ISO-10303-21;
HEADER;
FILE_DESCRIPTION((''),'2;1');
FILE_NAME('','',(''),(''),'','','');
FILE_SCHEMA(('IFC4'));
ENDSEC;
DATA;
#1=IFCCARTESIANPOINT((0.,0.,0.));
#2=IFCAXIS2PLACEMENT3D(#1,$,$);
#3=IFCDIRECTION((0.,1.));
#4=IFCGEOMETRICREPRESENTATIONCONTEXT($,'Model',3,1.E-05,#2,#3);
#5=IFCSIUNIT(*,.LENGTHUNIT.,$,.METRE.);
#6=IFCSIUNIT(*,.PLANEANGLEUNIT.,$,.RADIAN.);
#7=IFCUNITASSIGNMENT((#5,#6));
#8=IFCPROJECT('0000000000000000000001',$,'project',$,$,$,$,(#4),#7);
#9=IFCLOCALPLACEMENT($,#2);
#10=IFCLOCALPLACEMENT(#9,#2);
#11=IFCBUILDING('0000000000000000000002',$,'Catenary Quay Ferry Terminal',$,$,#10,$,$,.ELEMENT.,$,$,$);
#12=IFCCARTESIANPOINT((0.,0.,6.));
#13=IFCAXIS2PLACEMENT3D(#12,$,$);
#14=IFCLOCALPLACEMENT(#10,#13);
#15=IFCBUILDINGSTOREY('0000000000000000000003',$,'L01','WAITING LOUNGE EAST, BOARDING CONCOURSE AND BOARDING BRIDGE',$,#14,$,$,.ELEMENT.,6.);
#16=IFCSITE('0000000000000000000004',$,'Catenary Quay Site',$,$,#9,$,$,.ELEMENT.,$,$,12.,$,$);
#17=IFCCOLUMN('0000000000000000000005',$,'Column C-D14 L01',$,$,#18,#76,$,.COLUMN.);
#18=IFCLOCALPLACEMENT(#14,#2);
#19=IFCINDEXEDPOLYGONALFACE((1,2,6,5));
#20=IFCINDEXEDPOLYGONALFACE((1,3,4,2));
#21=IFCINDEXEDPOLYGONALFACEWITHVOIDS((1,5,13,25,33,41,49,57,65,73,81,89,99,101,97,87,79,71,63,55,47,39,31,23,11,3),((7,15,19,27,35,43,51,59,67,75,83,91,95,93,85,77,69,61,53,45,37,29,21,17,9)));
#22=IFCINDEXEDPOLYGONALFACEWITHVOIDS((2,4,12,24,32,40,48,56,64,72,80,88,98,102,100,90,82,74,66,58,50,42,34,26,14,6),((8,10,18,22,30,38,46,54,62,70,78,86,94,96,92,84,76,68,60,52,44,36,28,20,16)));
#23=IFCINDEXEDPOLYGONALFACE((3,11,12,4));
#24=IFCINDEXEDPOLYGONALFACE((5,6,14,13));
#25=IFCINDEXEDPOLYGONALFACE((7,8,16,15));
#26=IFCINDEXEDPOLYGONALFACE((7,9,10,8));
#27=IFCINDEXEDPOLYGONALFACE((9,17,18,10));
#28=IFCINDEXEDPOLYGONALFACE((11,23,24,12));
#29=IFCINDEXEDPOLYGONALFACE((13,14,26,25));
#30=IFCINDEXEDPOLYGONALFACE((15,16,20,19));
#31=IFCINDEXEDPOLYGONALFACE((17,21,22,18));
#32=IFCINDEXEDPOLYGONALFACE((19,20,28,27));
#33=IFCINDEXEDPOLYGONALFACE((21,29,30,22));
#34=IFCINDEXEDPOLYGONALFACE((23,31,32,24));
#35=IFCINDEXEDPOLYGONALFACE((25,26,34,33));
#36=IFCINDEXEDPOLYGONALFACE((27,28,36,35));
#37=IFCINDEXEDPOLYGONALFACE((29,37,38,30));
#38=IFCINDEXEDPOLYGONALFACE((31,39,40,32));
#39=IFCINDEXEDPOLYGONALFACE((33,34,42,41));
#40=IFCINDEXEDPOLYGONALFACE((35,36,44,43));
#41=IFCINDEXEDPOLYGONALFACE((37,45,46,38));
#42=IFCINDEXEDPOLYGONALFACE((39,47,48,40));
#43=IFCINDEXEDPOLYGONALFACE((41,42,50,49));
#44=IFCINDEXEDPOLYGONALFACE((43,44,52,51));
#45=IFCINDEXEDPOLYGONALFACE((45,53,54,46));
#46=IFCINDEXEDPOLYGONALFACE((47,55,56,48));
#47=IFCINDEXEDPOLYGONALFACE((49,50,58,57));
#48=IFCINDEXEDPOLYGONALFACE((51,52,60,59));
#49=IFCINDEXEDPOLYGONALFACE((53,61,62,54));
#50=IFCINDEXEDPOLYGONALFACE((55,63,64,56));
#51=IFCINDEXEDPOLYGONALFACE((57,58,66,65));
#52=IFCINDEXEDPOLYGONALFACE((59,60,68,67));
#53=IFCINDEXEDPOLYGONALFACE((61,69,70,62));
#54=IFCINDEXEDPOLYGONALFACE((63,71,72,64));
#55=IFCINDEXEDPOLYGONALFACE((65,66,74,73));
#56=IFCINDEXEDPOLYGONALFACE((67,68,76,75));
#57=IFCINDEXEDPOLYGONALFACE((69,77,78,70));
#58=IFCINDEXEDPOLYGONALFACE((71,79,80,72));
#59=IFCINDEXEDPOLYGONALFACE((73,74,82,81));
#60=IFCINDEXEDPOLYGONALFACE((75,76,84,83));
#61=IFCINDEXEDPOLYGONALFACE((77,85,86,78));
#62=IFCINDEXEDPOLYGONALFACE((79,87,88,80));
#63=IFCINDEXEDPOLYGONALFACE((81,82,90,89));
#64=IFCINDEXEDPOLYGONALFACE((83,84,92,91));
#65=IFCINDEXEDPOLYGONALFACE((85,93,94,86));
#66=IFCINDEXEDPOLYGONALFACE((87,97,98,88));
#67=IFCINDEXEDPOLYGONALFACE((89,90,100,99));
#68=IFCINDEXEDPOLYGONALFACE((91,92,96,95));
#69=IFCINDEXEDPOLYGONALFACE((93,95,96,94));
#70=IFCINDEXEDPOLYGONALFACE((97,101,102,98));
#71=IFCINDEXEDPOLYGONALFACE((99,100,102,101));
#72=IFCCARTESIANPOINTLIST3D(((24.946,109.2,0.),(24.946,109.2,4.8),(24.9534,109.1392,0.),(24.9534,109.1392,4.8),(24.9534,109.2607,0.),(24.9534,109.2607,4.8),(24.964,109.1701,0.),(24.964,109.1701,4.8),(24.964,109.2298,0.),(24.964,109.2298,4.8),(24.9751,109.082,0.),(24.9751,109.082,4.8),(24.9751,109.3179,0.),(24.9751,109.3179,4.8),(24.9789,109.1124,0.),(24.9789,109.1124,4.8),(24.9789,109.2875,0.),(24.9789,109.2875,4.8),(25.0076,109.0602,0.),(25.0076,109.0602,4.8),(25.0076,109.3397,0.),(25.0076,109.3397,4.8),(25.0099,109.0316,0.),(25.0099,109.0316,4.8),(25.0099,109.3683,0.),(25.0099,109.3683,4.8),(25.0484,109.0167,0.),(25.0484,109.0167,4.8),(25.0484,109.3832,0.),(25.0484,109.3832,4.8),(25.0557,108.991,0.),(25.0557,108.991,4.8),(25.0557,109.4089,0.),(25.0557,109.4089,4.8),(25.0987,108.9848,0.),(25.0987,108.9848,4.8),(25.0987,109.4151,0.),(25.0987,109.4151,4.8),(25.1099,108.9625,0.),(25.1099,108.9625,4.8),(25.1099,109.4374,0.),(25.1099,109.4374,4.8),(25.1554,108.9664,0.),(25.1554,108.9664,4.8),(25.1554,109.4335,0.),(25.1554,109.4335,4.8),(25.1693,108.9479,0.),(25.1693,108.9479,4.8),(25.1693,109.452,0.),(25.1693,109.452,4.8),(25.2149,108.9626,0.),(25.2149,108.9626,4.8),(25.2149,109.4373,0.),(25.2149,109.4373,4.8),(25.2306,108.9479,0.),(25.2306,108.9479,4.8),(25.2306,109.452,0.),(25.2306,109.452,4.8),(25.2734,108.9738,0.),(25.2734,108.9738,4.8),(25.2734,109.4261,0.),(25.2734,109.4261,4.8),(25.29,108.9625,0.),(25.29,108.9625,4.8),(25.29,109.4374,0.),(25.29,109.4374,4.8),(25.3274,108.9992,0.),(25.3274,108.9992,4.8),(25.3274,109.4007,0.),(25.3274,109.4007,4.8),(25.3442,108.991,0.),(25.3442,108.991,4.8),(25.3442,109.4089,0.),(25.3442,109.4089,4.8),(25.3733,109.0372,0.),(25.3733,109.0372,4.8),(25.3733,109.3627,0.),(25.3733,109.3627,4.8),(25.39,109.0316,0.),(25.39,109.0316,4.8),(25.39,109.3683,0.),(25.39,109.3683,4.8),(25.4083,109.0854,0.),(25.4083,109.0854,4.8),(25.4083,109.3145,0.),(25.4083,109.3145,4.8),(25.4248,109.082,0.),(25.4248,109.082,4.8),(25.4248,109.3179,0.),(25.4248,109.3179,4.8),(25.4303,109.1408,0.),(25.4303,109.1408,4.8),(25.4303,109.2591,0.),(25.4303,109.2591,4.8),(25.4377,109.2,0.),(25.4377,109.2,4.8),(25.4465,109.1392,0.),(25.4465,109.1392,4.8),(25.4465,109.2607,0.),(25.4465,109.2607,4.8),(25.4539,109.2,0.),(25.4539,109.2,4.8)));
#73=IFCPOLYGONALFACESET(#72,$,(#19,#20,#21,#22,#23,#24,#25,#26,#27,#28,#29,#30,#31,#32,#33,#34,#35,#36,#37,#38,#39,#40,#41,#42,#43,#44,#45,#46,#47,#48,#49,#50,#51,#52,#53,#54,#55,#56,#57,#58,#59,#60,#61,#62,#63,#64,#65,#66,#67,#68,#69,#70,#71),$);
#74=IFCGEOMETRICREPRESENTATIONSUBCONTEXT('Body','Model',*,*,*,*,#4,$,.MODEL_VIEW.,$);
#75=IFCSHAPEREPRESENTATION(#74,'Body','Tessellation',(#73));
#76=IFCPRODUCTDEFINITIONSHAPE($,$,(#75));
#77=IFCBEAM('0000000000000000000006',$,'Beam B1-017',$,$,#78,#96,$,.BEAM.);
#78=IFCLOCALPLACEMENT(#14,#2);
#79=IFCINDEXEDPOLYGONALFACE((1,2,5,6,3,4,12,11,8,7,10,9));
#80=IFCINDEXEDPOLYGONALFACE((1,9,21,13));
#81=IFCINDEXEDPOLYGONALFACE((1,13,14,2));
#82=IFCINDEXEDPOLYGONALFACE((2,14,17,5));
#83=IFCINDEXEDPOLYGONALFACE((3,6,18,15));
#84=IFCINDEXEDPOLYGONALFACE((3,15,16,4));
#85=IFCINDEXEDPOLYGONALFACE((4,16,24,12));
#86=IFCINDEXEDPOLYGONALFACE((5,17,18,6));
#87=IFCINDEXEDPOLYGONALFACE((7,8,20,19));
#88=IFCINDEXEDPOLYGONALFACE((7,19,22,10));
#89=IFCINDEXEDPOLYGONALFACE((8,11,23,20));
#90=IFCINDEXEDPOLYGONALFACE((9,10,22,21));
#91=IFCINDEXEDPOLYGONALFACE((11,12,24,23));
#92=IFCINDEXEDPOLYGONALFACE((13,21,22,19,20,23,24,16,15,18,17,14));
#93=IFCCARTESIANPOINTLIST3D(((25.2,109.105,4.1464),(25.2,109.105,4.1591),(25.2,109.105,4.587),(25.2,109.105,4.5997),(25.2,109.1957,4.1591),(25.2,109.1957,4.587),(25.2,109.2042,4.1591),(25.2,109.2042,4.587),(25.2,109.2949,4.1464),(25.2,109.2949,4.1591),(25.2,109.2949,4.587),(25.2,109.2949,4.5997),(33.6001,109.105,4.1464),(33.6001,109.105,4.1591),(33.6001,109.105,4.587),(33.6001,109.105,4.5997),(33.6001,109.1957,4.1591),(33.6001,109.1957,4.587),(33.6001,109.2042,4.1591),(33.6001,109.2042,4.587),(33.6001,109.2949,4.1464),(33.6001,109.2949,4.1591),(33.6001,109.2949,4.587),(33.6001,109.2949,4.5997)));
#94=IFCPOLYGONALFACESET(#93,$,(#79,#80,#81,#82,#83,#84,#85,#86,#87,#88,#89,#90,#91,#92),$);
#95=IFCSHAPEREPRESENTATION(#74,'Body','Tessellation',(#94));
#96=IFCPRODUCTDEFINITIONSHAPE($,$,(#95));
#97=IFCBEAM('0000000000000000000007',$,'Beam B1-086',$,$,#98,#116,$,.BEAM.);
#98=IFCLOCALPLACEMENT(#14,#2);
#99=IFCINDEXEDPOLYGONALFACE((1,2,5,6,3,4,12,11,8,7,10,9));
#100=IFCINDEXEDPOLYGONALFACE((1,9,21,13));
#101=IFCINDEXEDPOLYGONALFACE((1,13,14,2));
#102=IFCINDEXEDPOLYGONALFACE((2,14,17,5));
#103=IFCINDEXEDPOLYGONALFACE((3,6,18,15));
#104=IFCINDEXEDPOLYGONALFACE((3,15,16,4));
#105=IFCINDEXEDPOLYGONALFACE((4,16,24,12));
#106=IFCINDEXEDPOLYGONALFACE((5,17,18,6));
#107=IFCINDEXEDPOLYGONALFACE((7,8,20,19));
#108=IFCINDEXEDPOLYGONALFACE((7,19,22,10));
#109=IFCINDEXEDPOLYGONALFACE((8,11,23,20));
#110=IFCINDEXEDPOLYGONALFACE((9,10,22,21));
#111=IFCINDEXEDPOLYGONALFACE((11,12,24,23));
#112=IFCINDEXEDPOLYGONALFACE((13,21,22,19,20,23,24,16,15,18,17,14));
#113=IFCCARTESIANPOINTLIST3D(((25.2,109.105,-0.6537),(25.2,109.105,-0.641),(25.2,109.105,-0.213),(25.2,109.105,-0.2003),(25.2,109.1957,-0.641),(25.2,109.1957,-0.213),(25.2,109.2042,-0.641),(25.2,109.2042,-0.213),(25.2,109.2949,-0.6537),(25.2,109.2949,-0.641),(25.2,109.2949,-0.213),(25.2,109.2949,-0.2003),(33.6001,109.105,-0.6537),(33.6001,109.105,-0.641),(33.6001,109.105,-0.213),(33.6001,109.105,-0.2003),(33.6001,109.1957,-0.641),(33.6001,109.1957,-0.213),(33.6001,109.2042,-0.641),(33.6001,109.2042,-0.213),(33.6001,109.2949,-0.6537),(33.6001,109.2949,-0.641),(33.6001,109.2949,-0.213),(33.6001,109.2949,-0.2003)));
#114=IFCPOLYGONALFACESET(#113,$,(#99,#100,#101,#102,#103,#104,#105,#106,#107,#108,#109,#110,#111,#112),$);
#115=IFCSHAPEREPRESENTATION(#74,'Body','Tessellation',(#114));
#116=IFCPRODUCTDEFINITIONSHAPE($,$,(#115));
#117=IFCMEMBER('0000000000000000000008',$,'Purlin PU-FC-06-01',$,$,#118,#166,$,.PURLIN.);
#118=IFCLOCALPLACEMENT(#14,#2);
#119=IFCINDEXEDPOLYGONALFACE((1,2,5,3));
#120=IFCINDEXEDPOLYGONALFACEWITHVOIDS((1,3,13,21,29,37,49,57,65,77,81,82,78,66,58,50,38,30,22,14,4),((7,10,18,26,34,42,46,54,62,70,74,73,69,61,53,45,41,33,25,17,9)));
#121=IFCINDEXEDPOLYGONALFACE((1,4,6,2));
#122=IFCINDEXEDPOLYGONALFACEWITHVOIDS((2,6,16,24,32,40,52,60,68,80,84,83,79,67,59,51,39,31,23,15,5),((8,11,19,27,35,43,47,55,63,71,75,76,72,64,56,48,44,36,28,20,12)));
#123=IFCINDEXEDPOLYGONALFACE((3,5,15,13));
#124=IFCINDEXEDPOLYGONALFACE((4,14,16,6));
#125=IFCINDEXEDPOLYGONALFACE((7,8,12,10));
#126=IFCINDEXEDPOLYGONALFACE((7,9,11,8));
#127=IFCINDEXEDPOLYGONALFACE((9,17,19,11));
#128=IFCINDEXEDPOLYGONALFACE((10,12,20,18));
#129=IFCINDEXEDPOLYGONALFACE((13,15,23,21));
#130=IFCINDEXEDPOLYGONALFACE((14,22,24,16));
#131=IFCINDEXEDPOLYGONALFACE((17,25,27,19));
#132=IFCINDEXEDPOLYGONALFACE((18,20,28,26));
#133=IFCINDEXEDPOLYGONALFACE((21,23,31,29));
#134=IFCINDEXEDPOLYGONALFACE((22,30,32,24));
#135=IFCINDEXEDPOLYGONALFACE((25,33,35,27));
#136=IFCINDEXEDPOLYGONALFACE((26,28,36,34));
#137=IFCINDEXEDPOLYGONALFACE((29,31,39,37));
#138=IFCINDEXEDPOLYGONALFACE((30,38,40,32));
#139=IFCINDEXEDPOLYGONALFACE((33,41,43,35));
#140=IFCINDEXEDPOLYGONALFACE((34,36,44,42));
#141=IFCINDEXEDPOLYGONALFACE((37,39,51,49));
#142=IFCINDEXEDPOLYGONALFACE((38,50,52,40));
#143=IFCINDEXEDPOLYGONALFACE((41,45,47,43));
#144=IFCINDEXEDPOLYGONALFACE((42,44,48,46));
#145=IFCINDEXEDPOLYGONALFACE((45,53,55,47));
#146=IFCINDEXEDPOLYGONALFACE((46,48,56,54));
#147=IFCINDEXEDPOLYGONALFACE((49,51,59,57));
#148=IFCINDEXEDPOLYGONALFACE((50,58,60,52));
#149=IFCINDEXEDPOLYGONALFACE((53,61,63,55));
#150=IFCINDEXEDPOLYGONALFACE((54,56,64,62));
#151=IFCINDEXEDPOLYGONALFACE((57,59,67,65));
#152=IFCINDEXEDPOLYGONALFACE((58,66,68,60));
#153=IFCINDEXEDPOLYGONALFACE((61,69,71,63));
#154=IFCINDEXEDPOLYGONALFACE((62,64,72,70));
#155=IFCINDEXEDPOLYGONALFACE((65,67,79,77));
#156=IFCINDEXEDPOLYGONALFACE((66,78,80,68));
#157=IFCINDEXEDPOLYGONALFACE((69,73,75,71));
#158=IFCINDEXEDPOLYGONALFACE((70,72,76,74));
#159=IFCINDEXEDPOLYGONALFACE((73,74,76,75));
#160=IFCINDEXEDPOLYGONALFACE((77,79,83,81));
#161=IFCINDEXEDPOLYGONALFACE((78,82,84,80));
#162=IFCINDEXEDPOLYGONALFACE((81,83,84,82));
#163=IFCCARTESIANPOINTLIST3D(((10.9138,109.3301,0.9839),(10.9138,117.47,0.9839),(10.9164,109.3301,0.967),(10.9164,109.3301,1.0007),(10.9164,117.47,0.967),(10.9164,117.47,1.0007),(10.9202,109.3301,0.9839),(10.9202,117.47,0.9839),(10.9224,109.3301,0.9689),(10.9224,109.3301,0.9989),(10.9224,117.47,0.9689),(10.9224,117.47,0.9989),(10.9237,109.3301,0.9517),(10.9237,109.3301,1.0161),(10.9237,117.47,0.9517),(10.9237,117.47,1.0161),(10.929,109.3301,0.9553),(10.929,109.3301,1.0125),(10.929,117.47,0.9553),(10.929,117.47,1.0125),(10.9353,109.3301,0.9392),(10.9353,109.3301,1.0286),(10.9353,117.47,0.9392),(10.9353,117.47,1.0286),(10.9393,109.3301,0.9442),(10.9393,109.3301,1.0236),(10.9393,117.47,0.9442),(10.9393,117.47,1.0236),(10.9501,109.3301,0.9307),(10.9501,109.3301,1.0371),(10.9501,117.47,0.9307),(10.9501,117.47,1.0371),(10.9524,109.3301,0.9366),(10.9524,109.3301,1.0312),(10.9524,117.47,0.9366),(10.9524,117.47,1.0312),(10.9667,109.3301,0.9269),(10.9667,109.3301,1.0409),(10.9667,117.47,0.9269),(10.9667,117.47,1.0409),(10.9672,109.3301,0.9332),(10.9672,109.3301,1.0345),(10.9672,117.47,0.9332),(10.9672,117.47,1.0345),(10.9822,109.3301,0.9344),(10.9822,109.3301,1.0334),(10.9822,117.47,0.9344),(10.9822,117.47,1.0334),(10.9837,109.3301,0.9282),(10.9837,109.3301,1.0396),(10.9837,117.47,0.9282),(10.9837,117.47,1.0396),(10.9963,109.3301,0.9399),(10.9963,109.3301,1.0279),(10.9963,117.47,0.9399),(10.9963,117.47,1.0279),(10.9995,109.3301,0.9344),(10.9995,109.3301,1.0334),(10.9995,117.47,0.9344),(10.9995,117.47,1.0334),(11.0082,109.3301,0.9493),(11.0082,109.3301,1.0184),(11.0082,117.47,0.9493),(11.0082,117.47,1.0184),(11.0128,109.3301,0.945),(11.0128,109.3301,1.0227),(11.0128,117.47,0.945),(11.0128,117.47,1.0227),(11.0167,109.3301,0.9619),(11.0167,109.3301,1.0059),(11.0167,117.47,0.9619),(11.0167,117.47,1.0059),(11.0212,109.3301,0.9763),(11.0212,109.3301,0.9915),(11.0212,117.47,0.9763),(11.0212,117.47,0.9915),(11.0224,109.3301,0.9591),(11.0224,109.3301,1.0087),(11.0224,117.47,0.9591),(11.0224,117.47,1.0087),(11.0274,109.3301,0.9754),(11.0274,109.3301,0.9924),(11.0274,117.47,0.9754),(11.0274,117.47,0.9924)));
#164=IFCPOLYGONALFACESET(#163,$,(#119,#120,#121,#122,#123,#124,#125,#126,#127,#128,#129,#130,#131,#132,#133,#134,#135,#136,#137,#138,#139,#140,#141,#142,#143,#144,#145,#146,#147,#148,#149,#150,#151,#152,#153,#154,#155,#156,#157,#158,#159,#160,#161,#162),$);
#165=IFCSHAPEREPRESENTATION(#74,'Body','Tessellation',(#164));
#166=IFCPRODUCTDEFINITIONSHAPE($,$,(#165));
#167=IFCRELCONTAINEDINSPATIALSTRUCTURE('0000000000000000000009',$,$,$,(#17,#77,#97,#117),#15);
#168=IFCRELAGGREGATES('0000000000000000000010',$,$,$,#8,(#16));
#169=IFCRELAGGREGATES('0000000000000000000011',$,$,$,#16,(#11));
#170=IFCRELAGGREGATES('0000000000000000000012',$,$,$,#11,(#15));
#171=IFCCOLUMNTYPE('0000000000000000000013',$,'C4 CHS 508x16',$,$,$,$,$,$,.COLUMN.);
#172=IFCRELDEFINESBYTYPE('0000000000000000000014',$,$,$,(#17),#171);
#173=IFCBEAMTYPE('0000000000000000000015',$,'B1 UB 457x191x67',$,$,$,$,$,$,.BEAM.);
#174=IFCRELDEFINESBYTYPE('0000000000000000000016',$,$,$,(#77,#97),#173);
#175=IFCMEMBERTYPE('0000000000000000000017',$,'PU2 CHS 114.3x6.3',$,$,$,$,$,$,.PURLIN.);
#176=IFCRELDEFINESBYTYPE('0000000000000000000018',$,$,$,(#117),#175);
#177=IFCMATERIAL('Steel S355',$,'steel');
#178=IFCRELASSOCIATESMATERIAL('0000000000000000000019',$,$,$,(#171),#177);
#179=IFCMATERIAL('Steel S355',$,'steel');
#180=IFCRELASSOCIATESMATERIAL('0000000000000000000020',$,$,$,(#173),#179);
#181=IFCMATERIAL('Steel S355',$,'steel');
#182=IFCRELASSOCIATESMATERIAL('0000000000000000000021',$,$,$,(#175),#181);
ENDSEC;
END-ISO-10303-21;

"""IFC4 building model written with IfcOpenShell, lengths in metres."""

from ifc_helpers import new_model, si_unit, direction, frame, origin, origin_2d, place, context, subcontext, project, spatial, hollow_circle, i_section, extrude, material, material_profile, profile_set, type_object, element, save


model = new_model("IFC4")

# Units and contexts
model_context = context("Model", 3, precision=1e-05, world=origin(), true_north=direction((0.0, 1.0)))
body_context = subcontext(model_context, "Body", "Model", "MODEL_VIEW")
ifc_project = project(units=[si_unit("LENGTHUNIT", "METRE"), si_unit("PLANEANGLEUNIT", "RADIAN")], contexts=[model_context])

# Site, building, storey
site_placement = place(None, origin())
site = spatial("IfcSite", under=ifc_project, at=site_placement, Name="Catenary Quay Site", CompositionType="ELEMENT", RefElevation=12.0)
building_placement = place(site_placement, origin())
building = spatial("IfcBuilding", under=site, at=building_placement, Name="Catenary Quay Ferry Terminal", CompositionType="ELEMENT")
storey_placement = place(building_placement, frame((0.0, 0.0, 6.0)))
storey = spatial("IfcBuildingStorey", under=building, at=storey_placement, Name="L01", Description="WAITING LOUNGE EAST, BOARDING CONCOURSE AND BOARDING BRIDGE", CompositionType="ELEMENT", Elevation=6.0)

# Column
ifc_material_1 = material(Name="Steel S355", Category="steel")
ifc_material_profile_1 = material_profile(ifc_material_1, hollow_circle(Radius=0.2539, WallThickness=0.0161, at=origin_2d()), Name="CHS 508x16")
ifc_profile_set_1 = profile_set([ifc_material_profile_1], Name="Steel S355")
column_type = type_object("IfcColumnType", Name="C4 CHS 508x16", PredefinedType="COLUMN", material=ifc_profile_set_1)
column_placement = place(storey_placement, frame((25.2, 109.2, 0.0), z_axis=(0.0, 0.0, 1.0), x_axis=(1.0, 0.0, 0.0)))
element("IfcColumn", 1, at=column_placement, inside=storey, type_object=column_type, Name="Column C-D14 L01", PredefinedType="COLUMN", context=body_context, shape_type="SweptSolid", body=[
    extrude(hollow_circle(Radius=0.2539, WallThickness=0.0161, at=origin_2d()), origin(), (0.0, 0.0, 1.0), 4.8),
])

# Beams
ifc_material_2 = material(Name="Steel S355", Category="steel")
ifc_material_profile_2 = material_profile(ifc_material_2, i_section(OverallWidth=0.1899, OverallDepth=0.4534, WebThickness=0.0085, FlangeThickness=0.0127, at=origin_2d()), Name="UB 457x191x67")
ifc_profile_set_2 = profile_set([ifc_material_profile_2], Name="Steel S355")
beam_type_1 = type_object("IfcBeamType", Name="B1 UB 457x191x67", PredefinedType="BEAM", material=ifc_profile_set_2)
for number, where, z_axis, x_axis, name in (
    (2, (25.2, 109.2, 4.373), (1.0, 0.0, 0.0), (0.0, 1.0, 0.0), "Beam B1-017"),
    (3, (25.2, 109.2, -0.427), (1.0, 0.0, 0.0), (0.0, 1.0, 0.0), "Beam B1-086"),
):
    element("IfcBeam", number, at=place(storey_placement, frame(where, z_axis=z_axis, x_axis=x_axis)), inside=storey, type_object=beam_type_1, Name=name, PredefinedType="BEAM", context=body_context, shape_type="SweptSolid", body=[
        extrude(i_section(OverallWidth=0.1899, OverallDepth=0.4534, WebThickness=0.0085, FlangeThickness=0.0127, at=origin_2d()), origin(), (0.0, 0.0, 1.0), 8.4001),
    ])

# Member
ifc_material_3 = material(Name="Steel S355", Category="steel")
ifc_material_profile_3 = material_profile(ifc_material_3, hollow_circle(Radius=0.0571, WallThickness=0.0063, at=origin_2d()), Name="CHS 114.3x6.3")
ifc_profile_set_3 = profile_set([ifc_material_profile_3], Name="Steel S355")
member_type_1 = type_object("IfcMemberType", Name="PU2 CHS 114.3x6.3", PredefinedType="PURLIN", material=ifc_profile_set_3)
for number, where, z_axis, x_axis, name in (
    (4, (10.9709, 109.3301, 0.9839), (0.0, 1.0, 0.0), (-1.0, 0.0, 0.0), "Purlin PU-FC-06-01"),
):
    element("IfcMember", number, at=place(storey_placement, frame(where, z_axis=z_axis, x_axis=x_axis)), inside=storey, type_object=member_type_1, Name=name, PredefinedType="PURLIN", context=body_context, shape_type="SweptSolid", body=[
        extrude(hollow_circle(Radius=0.0571, WallThickness=0.0063, at=origin_2d()), origin(), (0.0, 0.0, 1.0), 8.1399),
    ])

save(model, "model.ifc")
